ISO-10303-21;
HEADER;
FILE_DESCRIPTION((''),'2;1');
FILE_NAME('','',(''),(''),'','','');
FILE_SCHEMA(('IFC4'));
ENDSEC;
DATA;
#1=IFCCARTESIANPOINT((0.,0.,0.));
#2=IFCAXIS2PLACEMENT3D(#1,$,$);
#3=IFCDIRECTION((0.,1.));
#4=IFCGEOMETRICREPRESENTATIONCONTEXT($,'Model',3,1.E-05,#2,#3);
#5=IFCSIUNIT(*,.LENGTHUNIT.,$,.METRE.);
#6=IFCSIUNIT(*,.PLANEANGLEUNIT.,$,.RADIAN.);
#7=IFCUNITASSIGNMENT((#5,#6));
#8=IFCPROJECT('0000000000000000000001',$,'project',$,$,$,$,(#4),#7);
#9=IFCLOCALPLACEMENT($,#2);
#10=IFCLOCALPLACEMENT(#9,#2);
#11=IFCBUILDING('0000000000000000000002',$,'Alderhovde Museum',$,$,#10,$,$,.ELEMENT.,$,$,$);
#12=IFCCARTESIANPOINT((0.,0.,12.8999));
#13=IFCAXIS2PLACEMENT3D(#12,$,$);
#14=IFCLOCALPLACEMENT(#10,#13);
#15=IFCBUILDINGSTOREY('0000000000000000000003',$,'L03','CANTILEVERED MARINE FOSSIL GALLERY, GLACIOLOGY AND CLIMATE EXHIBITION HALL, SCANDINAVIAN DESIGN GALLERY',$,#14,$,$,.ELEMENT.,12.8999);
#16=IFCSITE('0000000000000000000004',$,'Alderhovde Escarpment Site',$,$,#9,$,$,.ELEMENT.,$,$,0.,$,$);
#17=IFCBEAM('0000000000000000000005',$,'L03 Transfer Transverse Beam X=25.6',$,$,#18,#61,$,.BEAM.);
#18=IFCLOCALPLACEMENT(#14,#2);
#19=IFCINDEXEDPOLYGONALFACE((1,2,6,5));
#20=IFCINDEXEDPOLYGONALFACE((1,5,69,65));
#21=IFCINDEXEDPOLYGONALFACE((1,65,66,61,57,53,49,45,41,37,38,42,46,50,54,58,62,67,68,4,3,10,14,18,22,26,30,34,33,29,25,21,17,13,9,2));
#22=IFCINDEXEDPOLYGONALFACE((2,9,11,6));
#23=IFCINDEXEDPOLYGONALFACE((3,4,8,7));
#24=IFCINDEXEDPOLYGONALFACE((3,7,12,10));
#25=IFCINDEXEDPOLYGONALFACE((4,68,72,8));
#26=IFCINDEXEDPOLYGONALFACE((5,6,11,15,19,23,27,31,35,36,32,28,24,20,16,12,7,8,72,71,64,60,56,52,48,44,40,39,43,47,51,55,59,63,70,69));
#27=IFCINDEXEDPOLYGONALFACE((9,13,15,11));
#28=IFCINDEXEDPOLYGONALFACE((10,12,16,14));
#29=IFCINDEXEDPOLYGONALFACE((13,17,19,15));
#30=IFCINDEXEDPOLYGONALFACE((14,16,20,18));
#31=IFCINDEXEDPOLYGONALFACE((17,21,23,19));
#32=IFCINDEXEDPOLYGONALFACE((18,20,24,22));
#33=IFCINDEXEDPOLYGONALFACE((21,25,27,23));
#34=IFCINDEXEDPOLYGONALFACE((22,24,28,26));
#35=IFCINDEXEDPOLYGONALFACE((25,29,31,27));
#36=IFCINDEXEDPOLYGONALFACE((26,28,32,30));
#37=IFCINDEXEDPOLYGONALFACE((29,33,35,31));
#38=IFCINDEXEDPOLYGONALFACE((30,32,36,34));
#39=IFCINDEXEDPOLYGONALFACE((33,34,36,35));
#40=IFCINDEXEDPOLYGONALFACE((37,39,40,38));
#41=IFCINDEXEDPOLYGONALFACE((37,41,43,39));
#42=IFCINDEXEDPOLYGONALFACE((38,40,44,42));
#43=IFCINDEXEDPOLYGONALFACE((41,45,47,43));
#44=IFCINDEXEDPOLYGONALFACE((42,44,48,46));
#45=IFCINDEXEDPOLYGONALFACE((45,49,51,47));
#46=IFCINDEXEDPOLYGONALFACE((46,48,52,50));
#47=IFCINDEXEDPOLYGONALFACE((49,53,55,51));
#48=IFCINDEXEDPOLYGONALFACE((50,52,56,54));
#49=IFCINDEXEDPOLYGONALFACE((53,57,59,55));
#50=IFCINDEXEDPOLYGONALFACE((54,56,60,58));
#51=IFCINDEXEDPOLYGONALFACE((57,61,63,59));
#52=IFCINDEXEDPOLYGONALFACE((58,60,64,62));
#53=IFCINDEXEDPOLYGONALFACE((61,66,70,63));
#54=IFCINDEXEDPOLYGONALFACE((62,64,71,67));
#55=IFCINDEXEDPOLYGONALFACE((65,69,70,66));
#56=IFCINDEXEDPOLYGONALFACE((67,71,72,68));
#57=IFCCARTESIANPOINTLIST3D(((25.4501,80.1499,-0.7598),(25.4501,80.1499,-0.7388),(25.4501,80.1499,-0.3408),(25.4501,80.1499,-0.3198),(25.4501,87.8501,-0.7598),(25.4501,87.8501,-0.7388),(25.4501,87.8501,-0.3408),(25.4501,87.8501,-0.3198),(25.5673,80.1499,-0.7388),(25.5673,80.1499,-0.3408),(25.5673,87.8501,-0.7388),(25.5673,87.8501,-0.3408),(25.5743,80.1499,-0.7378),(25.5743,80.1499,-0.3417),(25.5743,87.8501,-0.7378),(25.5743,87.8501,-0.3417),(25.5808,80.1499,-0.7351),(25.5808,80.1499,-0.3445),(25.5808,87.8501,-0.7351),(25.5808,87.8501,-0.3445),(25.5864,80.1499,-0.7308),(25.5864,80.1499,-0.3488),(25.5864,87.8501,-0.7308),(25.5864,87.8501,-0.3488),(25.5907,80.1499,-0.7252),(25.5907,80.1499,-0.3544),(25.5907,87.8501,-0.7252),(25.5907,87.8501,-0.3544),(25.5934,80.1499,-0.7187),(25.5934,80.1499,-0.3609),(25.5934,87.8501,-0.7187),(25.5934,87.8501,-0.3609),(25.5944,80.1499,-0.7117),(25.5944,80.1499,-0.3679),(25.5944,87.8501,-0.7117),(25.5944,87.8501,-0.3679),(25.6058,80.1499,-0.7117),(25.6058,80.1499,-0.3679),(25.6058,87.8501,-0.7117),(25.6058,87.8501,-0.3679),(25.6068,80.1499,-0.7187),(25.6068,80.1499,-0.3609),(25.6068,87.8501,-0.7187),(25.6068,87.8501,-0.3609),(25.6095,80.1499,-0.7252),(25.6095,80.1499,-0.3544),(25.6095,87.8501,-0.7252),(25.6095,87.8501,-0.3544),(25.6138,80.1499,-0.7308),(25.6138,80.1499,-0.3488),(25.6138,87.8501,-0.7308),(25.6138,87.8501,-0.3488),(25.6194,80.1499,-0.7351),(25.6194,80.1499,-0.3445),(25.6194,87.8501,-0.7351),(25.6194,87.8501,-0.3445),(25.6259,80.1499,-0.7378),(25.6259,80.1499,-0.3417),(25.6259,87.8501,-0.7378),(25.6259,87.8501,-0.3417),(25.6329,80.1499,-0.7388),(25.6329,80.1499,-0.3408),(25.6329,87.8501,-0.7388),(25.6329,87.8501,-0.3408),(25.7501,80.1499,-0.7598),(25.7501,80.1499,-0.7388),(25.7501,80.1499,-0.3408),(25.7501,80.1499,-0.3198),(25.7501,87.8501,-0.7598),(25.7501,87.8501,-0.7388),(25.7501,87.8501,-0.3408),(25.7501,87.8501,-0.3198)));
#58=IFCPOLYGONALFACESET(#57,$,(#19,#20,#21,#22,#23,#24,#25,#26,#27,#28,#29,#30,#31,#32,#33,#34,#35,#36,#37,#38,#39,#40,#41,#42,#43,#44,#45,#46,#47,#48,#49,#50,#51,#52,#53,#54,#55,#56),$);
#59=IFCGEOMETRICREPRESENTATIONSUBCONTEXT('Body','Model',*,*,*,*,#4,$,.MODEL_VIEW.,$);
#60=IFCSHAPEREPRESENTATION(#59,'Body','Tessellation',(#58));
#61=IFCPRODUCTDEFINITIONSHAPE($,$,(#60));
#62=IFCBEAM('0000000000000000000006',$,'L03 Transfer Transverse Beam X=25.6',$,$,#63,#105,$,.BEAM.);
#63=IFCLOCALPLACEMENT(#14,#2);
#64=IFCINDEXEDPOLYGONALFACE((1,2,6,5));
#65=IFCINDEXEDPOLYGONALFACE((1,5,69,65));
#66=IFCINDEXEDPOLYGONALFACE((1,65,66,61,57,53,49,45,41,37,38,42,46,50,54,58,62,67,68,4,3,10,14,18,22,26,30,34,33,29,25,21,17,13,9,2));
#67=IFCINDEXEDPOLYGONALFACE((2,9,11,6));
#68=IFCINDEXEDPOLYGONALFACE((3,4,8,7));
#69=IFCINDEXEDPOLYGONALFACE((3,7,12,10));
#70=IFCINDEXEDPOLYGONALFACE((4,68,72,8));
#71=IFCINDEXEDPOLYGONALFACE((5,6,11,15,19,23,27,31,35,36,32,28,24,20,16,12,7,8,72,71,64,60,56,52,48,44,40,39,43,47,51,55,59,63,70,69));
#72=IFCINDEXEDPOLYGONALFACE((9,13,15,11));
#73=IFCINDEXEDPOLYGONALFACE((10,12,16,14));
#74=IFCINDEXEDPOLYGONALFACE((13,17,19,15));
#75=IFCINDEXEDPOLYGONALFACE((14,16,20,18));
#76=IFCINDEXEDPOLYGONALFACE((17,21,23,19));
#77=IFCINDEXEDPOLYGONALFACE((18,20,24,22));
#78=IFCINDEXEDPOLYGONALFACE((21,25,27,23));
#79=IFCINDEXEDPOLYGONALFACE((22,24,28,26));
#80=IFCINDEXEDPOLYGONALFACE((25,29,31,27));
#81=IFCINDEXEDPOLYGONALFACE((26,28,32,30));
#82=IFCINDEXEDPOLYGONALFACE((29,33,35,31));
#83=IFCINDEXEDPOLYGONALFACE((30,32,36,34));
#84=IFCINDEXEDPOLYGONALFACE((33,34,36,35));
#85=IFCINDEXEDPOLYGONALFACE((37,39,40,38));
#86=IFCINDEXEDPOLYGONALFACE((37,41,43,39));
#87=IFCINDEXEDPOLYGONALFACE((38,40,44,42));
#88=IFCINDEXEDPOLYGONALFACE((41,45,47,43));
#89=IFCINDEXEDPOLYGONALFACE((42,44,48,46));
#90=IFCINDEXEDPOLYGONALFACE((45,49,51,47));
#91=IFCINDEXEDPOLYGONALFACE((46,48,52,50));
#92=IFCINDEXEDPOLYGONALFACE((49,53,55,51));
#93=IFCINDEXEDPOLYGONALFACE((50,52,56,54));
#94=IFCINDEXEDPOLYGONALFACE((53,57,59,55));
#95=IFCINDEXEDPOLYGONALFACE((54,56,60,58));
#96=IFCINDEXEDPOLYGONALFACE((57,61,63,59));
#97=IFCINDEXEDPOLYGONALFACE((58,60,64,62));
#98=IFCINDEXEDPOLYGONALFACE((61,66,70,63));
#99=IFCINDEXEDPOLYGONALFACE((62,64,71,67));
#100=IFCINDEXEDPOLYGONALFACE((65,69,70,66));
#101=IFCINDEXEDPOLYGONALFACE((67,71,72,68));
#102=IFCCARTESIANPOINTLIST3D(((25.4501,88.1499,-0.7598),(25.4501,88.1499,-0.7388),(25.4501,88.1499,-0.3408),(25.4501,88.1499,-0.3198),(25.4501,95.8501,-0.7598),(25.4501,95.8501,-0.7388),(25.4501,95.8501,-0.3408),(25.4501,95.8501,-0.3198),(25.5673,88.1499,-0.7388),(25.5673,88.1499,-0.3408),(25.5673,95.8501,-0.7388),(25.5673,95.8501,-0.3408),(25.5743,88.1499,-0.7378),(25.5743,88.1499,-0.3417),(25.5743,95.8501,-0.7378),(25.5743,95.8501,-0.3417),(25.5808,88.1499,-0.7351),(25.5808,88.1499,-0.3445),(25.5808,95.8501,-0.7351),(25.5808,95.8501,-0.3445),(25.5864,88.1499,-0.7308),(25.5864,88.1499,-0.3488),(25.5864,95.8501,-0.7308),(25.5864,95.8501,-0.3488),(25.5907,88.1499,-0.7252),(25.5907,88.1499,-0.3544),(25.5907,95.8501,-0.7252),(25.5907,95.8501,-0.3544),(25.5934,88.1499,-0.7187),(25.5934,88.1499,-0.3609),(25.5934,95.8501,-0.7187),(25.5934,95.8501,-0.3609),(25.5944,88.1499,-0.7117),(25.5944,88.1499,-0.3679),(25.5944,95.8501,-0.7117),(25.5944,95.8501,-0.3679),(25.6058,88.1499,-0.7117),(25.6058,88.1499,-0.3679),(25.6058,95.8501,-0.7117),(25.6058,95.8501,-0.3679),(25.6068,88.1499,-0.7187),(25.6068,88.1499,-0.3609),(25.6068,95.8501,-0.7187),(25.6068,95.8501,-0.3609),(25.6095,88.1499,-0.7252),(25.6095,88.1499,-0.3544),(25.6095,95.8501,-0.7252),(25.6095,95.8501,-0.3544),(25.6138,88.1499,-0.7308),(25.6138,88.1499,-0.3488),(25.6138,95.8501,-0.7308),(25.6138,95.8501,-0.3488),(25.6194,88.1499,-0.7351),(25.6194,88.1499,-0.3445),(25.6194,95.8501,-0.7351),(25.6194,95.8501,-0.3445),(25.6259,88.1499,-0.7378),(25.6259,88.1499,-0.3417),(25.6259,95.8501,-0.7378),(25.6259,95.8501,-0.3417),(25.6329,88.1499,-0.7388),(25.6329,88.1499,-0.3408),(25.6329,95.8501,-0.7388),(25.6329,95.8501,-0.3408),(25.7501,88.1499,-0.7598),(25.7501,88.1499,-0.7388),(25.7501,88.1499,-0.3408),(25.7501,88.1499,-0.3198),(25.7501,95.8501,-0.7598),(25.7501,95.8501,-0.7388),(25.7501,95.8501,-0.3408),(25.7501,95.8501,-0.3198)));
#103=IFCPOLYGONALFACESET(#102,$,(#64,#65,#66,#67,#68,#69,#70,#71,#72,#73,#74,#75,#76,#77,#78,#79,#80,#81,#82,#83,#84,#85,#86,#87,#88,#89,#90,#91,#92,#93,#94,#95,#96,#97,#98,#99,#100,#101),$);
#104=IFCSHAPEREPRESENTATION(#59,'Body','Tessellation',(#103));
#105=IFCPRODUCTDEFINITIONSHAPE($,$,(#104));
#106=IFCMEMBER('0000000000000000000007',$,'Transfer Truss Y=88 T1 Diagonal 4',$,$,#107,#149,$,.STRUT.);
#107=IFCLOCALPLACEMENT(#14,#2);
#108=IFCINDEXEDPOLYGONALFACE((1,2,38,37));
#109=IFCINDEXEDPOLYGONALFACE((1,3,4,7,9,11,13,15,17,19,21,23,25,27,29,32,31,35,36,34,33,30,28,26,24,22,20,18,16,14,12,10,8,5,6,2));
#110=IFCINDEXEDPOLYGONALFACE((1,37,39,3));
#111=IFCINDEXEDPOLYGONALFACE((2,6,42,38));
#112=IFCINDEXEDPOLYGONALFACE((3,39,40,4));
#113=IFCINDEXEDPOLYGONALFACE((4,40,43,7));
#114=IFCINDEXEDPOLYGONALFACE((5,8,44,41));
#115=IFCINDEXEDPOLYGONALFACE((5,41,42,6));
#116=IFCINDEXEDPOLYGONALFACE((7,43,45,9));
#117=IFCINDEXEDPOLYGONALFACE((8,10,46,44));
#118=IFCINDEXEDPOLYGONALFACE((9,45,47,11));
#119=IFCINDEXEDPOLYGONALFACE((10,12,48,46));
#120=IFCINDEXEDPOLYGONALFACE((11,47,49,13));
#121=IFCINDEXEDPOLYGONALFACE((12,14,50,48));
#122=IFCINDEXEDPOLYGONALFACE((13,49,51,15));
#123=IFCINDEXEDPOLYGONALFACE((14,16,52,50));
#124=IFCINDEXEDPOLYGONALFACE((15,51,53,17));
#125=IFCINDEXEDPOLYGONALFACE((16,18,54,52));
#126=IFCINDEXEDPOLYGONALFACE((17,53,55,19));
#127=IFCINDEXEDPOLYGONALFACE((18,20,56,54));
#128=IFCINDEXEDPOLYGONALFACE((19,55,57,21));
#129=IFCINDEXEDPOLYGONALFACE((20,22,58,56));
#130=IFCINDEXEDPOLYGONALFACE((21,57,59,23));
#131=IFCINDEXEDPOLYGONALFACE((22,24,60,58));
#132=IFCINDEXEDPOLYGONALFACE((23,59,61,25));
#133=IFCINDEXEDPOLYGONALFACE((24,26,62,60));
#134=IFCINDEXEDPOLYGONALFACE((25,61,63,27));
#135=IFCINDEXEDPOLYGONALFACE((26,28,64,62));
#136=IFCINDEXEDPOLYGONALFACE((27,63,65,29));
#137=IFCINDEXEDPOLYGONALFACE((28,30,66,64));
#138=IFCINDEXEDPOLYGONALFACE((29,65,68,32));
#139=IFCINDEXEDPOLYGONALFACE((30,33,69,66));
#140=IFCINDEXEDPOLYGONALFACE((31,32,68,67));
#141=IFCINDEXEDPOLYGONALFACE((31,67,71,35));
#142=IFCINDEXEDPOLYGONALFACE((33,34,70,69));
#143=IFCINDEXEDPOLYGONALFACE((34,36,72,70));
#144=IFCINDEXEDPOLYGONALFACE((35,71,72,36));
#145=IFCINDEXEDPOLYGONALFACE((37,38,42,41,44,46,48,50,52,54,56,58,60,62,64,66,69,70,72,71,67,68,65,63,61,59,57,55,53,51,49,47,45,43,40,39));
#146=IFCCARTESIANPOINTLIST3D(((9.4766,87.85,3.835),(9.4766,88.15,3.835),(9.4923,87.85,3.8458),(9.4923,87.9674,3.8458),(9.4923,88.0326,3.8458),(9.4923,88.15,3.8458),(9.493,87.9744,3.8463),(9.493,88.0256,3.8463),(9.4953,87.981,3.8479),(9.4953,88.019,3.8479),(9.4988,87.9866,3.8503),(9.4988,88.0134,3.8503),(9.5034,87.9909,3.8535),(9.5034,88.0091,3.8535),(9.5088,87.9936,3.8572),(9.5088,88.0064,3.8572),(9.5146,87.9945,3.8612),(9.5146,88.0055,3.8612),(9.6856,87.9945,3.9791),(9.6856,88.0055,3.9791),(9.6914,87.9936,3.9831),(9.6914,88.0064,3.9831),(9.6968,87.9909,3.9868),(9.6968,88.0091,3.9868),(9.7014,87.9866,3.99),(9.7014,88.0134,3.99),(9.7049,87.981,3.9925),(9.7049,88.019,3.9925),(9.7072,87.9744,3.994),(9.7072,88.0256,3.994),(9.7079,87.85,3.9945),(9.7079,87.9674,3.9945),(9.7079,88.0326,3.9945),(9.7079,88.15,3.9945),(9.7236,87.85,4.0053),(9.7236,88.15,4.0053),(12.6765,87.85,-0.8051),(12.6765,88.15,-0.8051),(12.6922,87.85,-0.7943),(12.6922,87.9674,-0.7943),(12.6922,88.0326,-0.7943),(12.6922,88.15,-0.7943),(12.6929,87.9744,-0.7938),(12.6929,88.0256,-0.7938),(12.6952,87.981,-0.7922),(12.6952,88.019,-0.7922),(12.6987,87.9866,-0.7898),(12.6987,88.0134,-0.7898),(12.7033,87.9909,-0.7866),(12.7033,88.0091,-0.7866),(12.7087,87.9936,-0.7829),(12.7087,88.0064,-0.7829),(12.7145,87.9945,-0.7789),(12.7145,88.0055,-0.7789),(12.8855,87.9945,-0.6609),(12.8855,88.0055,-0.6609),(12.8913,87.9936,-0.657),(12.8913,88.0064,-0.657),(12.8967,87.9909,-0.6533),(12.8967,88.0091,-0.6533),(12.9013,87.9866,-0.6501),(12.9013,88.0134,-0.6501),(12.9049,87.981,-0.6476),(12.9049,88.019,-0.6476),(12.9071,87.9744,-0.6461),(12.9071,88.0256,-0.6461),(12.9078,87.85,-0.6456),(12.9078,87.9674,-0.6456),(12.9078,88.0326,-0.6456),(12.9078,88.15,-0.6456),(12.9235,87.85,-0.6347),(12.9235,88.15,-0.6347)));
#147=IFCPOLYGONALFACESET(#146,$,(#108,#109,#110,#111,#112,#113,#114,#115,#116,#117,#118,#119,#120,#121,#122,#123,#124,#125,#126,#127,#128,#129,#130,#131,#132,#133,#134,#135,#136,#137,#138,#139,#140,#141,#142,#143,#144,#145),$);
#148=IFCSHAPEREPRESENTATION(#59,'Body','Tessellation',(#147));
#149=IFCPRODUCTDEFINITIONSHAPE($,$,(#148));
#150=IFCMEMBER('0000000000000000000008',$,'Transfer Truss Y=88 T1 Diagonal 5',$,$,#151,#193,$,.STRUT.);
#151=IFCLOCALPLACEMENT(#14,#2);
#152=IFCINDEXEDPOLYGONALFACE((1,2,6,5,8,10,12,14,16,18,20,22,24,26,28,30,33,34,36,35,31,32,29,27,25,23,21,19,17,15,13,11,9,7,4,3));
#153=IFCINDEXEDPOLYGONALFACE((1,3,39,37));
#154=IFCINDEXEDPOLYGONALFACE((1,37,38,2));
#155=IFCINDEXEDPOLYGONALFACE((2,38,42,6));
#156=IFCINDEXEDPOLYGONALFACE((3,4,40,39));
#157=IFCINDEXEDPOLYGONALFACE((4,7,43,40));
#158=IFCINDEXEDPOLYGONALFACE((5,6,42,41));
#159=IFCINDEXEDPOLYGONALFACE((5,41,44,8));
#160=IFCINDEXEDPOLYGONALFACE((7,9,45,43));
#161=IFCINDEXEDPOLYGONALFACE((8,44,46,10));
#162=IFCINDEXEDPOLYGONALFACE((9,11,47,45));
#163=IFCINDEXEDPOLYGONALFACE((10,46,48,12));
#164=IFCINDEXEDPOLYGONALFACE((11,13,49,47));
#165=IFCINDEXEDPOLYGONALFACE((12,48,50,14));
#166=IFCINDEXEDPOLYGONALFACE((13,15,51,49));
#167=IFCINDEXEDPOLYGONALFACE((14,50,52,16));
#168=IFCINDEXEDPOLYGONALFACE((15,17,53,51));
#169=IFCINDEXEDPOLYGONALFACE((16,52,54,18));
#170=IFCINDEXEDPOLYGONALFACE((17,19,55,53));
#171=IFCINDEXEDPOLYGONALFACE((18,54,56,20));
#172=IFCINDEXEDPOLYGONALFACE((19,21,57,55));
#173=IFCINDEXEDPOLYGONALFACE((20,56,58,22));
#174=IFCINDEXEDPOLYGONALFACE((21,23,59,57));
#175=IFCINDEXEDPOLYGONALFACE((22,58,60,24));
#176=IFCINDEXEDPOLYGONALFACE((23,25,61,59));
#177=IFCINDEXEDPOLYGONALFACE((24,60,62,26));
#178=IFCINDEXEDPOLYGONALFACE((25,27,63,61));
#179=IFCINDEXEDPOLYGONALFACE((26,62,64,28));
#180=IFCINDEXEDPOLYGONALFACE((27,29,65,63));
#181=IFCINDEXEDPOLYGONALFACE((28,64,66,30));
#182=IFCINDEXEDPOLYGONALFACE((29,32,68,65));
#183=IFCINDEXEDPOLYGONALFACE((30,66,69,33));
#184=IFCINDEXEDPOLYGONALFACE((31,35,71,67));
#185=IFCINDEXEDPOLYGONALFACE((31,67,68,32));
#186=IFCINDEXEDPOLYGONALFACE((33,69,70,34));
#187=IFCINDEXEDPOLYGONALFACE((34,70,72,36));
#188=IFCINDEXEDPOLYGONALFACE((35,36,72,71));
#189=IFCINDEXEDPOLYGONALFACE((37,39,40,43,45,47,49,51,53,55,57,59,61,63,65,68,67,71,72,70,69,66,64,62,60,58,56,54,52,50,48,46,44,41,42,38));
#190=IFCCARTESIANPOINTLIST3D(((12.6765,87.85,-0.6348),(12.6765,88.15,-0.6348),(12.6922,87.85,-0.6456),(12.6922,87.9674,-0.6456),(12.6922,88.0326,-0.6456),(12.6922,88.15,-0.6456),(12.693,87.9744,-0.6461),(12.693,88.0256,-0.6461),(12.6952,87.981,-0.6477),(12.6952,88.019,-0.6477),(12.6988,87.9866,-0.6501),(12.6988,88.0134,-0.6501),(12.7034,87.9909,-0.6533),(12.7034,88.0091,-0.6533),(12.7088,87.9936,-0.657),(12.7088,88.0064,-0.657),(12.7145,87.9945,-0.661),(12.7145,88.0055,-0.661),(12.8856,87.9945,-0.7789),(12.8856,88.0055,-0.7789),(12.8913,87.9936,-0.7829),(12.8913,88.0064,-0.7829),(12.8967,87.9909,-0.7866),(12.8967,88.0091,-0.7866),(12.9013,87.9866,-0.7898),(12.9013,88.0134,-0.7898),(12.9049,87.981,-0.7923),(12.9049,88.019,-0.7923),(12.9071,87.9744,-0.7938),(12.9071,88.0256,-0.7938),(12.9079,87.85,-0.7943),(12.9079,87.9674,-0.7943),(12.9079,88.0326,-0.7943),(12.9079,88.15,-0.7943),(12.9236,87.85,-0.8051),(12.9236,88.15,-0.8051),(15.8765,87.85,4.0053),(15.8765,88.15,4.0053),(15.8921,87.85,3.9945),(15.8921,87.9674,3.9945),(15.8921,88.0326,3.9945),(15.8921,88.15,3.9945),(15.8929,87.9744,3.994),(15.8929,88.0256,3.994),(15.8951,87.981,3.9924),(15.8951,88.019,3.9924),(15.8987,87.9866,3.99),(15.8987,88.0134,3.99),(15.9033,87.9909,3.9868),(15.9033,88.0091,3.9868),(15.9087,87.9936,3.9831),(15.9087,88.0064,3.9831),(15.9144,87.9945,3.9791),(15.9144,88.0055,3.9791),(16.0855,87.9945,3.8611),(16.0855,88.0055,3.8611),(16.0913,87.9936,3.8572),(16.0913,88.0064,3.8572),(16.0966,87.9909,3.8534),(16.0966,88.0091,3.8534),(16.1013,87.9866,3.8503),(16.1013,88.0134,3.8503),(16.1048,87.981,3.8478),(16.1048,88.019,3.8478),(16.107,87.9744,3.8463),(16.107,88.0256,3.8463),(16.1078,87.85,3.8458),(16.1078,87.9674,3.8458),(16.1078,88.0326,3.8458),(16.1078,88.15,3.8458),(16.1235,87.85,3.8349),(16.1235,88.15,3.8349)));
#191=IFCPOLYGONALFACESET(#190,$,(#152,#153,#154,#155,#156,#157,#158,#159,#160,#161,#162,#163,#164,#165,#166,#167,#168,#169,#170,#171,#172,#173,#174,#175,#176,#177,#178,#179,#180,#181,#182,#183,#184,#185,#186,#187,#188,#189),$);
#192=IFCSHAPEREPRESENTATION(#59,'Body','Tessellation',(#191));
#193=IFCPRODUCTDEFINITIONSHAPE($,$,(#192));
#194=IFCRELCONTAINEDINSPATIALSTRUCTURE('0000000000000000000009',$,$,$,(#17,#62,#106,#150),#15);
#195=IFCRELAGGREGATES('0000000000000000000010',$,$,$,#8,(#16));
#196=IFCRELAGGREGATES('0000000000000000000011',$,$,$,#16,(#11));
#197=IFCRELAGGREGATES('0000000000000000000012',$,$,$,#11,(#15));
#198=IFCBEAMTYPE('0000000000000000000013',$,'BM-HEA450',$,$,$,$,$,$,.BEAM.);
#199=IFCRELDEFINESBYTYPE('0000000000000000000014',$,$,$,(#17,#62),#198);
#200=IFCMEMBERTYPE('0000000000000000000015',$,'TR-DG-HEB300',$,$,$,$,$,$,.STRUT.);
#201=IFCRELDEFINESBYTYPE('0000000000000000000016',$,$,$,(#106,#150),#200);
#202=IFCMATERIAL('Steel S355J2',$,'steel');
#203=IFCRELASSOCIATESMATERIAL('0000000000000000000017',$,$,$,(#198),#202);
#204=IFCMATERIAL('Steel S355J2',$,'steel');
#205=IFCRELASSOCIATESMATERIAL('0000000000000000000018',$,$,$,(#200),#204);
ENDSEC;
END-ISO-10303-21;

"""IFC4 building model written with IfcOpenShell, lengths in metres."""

from ifc_helpers import new_model, si_unit, direction, frame, origin, origin_2d, place, context, subcontext, project, spatial, i_section, extrude, material, material_profile, profile_set, type_object, element, save


model = new_model("IFC4")

# Units and contexts
model_context = context("Model", 3, precision=1e-05, world=origin(), true_north=direction((0.0, 1.0)))
body_context = subcontext(model_context, "Body", "Model", "MODEL_VIEW")
ifc_project = project(units=[si_unit("LENGTHUNIT", "METRE"), si_unit("PLANEANGLEUNIT", "RADIAN")], contexts=[model_context])

# Site, building, storey
site_placement = place(None, origin())
site = spatial("IfcSite", under=ifc_project, at=site_placement, Name="Alderhovde Escarpment Site", CompositionType="ELEMENT", RefElevation=0.0)
building_placement = place(site_placement, origin())
building = spatial("IfcBuilding", under=site, at=building_placement, Name="Alderhovde Museum", CompositionType="ELEMENT")
storey_placement = place(building_placement, frame((0.0, 0.0, 12.8999)))
storey = spatial("IfcBuildingStorey", under=building, at=storey_placement, Name="L03", Description="CANTILEVERED MARINE FOSSIL GALLERY, GLACIOLOGY AND CLIMATE EXHIBITION HALL, SCANDINAVIAN DESIGN GALLERY", CompositionType="ELEMENT", Elevation=12.8999)

# Beams
ifc_material_1 = material(Name="Steel S355J2", Category="steel")
ifc_material_profile_1 = material_profile(ifc_material_1, i_section(OverallWidth=0.3, OverallDepth=0.4399, WebThickness=0.0115, FlangeThickness=0.021, FilletRadius=0.0271, at=origin_2d()), Name="HEA 450")
ifc_profile_set_1 = profile_set([ifc_material_profile_1], Name="Steel S355J2")
beam_type_1 = type_object("IfcBeamType", Name="BM-HEA450", PredefinedType="BEAM", material=ifc_profile_set_1)
for number, where, z_axis, x_axis, name in (
    (1, (25.6001, 80.1499, -0.5398), (0.0, 1.0, 0.0), (-1.0, 0.0, 0.0), "L03 Transfer Transverse Beam X=25.6"),
    (2, (25.6001, 88.1499, -0.5398), (0.0, 1.0, 0.0), (-1.0, 0.0, 0.0), "L03 Transfer Transverse Beam X=25.6"),
):
    element("IfcBeam", number, at=place(storey_placement, frame(where, z_axis=z_axis, x_axis=x_axis)), inside=storey, type_object=beam_type_1, Name=name, PredefinedType="BEAM", context=body_context, shape_type="SweptSolid", body=[
        extrude(i_section(OverallWidth=0.3, OverallDepth=0.4399, WebThickness=0.0115, FlangeThickness=0.021, FilletRadius=0.0271, at=origin_2d()), origin(), (0.0, 0.0, 1.0), 7.7002),
    ])

# Members
ifc_material_2 = material(Name="Steel S355J2", Category="steel")
ifc_material_profile_2 = material_profile(ifc_material_2, i_section(OverallWidth=0.3, OverallDepth=0.3, WebThickness=0.011, FlangeThickness=0.019, FilletRadius=0.0271, at=origin_2d()), Name="HEB 300")
ifc_profile_set_2 = profile_set([ifc_material_profile_2], Name="Steel S355J2")
member_type_1 = type_object("IfcMemberType", Name="TR-DG-HEB300", PredefinedType="STRUT", material=ifc_profile_set_2)
for number, where, z_axis, x_axis, name in (
    (3, (9.6001, 88.0, 3.9202), (0.567716, 0.0, -0.823225), (0.0, 1.0, 0.0), "Transfer Truss Y=88 T1 Diagonal 4"),
    (4, (12.8, 88.0, -0.72), (0.567716, 0.0, 0.823225), (0.0, 1.0, 0.0), "Transfer Truss Y=88 T1 Diagonal 5"),
):
    element("IfcMember", number, at=place(storey_placement, frame(where, z_axis=z_axis, x_axis=x_axis)), inside=storey, type_object=member_type_1, Name=name, PredefinedType="STRUT", context=body_context, shape_type="SweptSolid", body=[
        extrude(i_section(OverallWidth=0.3, OverallDepth=0.3, WebThickness=0.011, FlangeThickness=0.019, FilletRadius=0.0271, at=origin_2d()), origin(), (0.0, 0.0, 1.0), 5.6365),
    ])

save(model, "model.ifc")
